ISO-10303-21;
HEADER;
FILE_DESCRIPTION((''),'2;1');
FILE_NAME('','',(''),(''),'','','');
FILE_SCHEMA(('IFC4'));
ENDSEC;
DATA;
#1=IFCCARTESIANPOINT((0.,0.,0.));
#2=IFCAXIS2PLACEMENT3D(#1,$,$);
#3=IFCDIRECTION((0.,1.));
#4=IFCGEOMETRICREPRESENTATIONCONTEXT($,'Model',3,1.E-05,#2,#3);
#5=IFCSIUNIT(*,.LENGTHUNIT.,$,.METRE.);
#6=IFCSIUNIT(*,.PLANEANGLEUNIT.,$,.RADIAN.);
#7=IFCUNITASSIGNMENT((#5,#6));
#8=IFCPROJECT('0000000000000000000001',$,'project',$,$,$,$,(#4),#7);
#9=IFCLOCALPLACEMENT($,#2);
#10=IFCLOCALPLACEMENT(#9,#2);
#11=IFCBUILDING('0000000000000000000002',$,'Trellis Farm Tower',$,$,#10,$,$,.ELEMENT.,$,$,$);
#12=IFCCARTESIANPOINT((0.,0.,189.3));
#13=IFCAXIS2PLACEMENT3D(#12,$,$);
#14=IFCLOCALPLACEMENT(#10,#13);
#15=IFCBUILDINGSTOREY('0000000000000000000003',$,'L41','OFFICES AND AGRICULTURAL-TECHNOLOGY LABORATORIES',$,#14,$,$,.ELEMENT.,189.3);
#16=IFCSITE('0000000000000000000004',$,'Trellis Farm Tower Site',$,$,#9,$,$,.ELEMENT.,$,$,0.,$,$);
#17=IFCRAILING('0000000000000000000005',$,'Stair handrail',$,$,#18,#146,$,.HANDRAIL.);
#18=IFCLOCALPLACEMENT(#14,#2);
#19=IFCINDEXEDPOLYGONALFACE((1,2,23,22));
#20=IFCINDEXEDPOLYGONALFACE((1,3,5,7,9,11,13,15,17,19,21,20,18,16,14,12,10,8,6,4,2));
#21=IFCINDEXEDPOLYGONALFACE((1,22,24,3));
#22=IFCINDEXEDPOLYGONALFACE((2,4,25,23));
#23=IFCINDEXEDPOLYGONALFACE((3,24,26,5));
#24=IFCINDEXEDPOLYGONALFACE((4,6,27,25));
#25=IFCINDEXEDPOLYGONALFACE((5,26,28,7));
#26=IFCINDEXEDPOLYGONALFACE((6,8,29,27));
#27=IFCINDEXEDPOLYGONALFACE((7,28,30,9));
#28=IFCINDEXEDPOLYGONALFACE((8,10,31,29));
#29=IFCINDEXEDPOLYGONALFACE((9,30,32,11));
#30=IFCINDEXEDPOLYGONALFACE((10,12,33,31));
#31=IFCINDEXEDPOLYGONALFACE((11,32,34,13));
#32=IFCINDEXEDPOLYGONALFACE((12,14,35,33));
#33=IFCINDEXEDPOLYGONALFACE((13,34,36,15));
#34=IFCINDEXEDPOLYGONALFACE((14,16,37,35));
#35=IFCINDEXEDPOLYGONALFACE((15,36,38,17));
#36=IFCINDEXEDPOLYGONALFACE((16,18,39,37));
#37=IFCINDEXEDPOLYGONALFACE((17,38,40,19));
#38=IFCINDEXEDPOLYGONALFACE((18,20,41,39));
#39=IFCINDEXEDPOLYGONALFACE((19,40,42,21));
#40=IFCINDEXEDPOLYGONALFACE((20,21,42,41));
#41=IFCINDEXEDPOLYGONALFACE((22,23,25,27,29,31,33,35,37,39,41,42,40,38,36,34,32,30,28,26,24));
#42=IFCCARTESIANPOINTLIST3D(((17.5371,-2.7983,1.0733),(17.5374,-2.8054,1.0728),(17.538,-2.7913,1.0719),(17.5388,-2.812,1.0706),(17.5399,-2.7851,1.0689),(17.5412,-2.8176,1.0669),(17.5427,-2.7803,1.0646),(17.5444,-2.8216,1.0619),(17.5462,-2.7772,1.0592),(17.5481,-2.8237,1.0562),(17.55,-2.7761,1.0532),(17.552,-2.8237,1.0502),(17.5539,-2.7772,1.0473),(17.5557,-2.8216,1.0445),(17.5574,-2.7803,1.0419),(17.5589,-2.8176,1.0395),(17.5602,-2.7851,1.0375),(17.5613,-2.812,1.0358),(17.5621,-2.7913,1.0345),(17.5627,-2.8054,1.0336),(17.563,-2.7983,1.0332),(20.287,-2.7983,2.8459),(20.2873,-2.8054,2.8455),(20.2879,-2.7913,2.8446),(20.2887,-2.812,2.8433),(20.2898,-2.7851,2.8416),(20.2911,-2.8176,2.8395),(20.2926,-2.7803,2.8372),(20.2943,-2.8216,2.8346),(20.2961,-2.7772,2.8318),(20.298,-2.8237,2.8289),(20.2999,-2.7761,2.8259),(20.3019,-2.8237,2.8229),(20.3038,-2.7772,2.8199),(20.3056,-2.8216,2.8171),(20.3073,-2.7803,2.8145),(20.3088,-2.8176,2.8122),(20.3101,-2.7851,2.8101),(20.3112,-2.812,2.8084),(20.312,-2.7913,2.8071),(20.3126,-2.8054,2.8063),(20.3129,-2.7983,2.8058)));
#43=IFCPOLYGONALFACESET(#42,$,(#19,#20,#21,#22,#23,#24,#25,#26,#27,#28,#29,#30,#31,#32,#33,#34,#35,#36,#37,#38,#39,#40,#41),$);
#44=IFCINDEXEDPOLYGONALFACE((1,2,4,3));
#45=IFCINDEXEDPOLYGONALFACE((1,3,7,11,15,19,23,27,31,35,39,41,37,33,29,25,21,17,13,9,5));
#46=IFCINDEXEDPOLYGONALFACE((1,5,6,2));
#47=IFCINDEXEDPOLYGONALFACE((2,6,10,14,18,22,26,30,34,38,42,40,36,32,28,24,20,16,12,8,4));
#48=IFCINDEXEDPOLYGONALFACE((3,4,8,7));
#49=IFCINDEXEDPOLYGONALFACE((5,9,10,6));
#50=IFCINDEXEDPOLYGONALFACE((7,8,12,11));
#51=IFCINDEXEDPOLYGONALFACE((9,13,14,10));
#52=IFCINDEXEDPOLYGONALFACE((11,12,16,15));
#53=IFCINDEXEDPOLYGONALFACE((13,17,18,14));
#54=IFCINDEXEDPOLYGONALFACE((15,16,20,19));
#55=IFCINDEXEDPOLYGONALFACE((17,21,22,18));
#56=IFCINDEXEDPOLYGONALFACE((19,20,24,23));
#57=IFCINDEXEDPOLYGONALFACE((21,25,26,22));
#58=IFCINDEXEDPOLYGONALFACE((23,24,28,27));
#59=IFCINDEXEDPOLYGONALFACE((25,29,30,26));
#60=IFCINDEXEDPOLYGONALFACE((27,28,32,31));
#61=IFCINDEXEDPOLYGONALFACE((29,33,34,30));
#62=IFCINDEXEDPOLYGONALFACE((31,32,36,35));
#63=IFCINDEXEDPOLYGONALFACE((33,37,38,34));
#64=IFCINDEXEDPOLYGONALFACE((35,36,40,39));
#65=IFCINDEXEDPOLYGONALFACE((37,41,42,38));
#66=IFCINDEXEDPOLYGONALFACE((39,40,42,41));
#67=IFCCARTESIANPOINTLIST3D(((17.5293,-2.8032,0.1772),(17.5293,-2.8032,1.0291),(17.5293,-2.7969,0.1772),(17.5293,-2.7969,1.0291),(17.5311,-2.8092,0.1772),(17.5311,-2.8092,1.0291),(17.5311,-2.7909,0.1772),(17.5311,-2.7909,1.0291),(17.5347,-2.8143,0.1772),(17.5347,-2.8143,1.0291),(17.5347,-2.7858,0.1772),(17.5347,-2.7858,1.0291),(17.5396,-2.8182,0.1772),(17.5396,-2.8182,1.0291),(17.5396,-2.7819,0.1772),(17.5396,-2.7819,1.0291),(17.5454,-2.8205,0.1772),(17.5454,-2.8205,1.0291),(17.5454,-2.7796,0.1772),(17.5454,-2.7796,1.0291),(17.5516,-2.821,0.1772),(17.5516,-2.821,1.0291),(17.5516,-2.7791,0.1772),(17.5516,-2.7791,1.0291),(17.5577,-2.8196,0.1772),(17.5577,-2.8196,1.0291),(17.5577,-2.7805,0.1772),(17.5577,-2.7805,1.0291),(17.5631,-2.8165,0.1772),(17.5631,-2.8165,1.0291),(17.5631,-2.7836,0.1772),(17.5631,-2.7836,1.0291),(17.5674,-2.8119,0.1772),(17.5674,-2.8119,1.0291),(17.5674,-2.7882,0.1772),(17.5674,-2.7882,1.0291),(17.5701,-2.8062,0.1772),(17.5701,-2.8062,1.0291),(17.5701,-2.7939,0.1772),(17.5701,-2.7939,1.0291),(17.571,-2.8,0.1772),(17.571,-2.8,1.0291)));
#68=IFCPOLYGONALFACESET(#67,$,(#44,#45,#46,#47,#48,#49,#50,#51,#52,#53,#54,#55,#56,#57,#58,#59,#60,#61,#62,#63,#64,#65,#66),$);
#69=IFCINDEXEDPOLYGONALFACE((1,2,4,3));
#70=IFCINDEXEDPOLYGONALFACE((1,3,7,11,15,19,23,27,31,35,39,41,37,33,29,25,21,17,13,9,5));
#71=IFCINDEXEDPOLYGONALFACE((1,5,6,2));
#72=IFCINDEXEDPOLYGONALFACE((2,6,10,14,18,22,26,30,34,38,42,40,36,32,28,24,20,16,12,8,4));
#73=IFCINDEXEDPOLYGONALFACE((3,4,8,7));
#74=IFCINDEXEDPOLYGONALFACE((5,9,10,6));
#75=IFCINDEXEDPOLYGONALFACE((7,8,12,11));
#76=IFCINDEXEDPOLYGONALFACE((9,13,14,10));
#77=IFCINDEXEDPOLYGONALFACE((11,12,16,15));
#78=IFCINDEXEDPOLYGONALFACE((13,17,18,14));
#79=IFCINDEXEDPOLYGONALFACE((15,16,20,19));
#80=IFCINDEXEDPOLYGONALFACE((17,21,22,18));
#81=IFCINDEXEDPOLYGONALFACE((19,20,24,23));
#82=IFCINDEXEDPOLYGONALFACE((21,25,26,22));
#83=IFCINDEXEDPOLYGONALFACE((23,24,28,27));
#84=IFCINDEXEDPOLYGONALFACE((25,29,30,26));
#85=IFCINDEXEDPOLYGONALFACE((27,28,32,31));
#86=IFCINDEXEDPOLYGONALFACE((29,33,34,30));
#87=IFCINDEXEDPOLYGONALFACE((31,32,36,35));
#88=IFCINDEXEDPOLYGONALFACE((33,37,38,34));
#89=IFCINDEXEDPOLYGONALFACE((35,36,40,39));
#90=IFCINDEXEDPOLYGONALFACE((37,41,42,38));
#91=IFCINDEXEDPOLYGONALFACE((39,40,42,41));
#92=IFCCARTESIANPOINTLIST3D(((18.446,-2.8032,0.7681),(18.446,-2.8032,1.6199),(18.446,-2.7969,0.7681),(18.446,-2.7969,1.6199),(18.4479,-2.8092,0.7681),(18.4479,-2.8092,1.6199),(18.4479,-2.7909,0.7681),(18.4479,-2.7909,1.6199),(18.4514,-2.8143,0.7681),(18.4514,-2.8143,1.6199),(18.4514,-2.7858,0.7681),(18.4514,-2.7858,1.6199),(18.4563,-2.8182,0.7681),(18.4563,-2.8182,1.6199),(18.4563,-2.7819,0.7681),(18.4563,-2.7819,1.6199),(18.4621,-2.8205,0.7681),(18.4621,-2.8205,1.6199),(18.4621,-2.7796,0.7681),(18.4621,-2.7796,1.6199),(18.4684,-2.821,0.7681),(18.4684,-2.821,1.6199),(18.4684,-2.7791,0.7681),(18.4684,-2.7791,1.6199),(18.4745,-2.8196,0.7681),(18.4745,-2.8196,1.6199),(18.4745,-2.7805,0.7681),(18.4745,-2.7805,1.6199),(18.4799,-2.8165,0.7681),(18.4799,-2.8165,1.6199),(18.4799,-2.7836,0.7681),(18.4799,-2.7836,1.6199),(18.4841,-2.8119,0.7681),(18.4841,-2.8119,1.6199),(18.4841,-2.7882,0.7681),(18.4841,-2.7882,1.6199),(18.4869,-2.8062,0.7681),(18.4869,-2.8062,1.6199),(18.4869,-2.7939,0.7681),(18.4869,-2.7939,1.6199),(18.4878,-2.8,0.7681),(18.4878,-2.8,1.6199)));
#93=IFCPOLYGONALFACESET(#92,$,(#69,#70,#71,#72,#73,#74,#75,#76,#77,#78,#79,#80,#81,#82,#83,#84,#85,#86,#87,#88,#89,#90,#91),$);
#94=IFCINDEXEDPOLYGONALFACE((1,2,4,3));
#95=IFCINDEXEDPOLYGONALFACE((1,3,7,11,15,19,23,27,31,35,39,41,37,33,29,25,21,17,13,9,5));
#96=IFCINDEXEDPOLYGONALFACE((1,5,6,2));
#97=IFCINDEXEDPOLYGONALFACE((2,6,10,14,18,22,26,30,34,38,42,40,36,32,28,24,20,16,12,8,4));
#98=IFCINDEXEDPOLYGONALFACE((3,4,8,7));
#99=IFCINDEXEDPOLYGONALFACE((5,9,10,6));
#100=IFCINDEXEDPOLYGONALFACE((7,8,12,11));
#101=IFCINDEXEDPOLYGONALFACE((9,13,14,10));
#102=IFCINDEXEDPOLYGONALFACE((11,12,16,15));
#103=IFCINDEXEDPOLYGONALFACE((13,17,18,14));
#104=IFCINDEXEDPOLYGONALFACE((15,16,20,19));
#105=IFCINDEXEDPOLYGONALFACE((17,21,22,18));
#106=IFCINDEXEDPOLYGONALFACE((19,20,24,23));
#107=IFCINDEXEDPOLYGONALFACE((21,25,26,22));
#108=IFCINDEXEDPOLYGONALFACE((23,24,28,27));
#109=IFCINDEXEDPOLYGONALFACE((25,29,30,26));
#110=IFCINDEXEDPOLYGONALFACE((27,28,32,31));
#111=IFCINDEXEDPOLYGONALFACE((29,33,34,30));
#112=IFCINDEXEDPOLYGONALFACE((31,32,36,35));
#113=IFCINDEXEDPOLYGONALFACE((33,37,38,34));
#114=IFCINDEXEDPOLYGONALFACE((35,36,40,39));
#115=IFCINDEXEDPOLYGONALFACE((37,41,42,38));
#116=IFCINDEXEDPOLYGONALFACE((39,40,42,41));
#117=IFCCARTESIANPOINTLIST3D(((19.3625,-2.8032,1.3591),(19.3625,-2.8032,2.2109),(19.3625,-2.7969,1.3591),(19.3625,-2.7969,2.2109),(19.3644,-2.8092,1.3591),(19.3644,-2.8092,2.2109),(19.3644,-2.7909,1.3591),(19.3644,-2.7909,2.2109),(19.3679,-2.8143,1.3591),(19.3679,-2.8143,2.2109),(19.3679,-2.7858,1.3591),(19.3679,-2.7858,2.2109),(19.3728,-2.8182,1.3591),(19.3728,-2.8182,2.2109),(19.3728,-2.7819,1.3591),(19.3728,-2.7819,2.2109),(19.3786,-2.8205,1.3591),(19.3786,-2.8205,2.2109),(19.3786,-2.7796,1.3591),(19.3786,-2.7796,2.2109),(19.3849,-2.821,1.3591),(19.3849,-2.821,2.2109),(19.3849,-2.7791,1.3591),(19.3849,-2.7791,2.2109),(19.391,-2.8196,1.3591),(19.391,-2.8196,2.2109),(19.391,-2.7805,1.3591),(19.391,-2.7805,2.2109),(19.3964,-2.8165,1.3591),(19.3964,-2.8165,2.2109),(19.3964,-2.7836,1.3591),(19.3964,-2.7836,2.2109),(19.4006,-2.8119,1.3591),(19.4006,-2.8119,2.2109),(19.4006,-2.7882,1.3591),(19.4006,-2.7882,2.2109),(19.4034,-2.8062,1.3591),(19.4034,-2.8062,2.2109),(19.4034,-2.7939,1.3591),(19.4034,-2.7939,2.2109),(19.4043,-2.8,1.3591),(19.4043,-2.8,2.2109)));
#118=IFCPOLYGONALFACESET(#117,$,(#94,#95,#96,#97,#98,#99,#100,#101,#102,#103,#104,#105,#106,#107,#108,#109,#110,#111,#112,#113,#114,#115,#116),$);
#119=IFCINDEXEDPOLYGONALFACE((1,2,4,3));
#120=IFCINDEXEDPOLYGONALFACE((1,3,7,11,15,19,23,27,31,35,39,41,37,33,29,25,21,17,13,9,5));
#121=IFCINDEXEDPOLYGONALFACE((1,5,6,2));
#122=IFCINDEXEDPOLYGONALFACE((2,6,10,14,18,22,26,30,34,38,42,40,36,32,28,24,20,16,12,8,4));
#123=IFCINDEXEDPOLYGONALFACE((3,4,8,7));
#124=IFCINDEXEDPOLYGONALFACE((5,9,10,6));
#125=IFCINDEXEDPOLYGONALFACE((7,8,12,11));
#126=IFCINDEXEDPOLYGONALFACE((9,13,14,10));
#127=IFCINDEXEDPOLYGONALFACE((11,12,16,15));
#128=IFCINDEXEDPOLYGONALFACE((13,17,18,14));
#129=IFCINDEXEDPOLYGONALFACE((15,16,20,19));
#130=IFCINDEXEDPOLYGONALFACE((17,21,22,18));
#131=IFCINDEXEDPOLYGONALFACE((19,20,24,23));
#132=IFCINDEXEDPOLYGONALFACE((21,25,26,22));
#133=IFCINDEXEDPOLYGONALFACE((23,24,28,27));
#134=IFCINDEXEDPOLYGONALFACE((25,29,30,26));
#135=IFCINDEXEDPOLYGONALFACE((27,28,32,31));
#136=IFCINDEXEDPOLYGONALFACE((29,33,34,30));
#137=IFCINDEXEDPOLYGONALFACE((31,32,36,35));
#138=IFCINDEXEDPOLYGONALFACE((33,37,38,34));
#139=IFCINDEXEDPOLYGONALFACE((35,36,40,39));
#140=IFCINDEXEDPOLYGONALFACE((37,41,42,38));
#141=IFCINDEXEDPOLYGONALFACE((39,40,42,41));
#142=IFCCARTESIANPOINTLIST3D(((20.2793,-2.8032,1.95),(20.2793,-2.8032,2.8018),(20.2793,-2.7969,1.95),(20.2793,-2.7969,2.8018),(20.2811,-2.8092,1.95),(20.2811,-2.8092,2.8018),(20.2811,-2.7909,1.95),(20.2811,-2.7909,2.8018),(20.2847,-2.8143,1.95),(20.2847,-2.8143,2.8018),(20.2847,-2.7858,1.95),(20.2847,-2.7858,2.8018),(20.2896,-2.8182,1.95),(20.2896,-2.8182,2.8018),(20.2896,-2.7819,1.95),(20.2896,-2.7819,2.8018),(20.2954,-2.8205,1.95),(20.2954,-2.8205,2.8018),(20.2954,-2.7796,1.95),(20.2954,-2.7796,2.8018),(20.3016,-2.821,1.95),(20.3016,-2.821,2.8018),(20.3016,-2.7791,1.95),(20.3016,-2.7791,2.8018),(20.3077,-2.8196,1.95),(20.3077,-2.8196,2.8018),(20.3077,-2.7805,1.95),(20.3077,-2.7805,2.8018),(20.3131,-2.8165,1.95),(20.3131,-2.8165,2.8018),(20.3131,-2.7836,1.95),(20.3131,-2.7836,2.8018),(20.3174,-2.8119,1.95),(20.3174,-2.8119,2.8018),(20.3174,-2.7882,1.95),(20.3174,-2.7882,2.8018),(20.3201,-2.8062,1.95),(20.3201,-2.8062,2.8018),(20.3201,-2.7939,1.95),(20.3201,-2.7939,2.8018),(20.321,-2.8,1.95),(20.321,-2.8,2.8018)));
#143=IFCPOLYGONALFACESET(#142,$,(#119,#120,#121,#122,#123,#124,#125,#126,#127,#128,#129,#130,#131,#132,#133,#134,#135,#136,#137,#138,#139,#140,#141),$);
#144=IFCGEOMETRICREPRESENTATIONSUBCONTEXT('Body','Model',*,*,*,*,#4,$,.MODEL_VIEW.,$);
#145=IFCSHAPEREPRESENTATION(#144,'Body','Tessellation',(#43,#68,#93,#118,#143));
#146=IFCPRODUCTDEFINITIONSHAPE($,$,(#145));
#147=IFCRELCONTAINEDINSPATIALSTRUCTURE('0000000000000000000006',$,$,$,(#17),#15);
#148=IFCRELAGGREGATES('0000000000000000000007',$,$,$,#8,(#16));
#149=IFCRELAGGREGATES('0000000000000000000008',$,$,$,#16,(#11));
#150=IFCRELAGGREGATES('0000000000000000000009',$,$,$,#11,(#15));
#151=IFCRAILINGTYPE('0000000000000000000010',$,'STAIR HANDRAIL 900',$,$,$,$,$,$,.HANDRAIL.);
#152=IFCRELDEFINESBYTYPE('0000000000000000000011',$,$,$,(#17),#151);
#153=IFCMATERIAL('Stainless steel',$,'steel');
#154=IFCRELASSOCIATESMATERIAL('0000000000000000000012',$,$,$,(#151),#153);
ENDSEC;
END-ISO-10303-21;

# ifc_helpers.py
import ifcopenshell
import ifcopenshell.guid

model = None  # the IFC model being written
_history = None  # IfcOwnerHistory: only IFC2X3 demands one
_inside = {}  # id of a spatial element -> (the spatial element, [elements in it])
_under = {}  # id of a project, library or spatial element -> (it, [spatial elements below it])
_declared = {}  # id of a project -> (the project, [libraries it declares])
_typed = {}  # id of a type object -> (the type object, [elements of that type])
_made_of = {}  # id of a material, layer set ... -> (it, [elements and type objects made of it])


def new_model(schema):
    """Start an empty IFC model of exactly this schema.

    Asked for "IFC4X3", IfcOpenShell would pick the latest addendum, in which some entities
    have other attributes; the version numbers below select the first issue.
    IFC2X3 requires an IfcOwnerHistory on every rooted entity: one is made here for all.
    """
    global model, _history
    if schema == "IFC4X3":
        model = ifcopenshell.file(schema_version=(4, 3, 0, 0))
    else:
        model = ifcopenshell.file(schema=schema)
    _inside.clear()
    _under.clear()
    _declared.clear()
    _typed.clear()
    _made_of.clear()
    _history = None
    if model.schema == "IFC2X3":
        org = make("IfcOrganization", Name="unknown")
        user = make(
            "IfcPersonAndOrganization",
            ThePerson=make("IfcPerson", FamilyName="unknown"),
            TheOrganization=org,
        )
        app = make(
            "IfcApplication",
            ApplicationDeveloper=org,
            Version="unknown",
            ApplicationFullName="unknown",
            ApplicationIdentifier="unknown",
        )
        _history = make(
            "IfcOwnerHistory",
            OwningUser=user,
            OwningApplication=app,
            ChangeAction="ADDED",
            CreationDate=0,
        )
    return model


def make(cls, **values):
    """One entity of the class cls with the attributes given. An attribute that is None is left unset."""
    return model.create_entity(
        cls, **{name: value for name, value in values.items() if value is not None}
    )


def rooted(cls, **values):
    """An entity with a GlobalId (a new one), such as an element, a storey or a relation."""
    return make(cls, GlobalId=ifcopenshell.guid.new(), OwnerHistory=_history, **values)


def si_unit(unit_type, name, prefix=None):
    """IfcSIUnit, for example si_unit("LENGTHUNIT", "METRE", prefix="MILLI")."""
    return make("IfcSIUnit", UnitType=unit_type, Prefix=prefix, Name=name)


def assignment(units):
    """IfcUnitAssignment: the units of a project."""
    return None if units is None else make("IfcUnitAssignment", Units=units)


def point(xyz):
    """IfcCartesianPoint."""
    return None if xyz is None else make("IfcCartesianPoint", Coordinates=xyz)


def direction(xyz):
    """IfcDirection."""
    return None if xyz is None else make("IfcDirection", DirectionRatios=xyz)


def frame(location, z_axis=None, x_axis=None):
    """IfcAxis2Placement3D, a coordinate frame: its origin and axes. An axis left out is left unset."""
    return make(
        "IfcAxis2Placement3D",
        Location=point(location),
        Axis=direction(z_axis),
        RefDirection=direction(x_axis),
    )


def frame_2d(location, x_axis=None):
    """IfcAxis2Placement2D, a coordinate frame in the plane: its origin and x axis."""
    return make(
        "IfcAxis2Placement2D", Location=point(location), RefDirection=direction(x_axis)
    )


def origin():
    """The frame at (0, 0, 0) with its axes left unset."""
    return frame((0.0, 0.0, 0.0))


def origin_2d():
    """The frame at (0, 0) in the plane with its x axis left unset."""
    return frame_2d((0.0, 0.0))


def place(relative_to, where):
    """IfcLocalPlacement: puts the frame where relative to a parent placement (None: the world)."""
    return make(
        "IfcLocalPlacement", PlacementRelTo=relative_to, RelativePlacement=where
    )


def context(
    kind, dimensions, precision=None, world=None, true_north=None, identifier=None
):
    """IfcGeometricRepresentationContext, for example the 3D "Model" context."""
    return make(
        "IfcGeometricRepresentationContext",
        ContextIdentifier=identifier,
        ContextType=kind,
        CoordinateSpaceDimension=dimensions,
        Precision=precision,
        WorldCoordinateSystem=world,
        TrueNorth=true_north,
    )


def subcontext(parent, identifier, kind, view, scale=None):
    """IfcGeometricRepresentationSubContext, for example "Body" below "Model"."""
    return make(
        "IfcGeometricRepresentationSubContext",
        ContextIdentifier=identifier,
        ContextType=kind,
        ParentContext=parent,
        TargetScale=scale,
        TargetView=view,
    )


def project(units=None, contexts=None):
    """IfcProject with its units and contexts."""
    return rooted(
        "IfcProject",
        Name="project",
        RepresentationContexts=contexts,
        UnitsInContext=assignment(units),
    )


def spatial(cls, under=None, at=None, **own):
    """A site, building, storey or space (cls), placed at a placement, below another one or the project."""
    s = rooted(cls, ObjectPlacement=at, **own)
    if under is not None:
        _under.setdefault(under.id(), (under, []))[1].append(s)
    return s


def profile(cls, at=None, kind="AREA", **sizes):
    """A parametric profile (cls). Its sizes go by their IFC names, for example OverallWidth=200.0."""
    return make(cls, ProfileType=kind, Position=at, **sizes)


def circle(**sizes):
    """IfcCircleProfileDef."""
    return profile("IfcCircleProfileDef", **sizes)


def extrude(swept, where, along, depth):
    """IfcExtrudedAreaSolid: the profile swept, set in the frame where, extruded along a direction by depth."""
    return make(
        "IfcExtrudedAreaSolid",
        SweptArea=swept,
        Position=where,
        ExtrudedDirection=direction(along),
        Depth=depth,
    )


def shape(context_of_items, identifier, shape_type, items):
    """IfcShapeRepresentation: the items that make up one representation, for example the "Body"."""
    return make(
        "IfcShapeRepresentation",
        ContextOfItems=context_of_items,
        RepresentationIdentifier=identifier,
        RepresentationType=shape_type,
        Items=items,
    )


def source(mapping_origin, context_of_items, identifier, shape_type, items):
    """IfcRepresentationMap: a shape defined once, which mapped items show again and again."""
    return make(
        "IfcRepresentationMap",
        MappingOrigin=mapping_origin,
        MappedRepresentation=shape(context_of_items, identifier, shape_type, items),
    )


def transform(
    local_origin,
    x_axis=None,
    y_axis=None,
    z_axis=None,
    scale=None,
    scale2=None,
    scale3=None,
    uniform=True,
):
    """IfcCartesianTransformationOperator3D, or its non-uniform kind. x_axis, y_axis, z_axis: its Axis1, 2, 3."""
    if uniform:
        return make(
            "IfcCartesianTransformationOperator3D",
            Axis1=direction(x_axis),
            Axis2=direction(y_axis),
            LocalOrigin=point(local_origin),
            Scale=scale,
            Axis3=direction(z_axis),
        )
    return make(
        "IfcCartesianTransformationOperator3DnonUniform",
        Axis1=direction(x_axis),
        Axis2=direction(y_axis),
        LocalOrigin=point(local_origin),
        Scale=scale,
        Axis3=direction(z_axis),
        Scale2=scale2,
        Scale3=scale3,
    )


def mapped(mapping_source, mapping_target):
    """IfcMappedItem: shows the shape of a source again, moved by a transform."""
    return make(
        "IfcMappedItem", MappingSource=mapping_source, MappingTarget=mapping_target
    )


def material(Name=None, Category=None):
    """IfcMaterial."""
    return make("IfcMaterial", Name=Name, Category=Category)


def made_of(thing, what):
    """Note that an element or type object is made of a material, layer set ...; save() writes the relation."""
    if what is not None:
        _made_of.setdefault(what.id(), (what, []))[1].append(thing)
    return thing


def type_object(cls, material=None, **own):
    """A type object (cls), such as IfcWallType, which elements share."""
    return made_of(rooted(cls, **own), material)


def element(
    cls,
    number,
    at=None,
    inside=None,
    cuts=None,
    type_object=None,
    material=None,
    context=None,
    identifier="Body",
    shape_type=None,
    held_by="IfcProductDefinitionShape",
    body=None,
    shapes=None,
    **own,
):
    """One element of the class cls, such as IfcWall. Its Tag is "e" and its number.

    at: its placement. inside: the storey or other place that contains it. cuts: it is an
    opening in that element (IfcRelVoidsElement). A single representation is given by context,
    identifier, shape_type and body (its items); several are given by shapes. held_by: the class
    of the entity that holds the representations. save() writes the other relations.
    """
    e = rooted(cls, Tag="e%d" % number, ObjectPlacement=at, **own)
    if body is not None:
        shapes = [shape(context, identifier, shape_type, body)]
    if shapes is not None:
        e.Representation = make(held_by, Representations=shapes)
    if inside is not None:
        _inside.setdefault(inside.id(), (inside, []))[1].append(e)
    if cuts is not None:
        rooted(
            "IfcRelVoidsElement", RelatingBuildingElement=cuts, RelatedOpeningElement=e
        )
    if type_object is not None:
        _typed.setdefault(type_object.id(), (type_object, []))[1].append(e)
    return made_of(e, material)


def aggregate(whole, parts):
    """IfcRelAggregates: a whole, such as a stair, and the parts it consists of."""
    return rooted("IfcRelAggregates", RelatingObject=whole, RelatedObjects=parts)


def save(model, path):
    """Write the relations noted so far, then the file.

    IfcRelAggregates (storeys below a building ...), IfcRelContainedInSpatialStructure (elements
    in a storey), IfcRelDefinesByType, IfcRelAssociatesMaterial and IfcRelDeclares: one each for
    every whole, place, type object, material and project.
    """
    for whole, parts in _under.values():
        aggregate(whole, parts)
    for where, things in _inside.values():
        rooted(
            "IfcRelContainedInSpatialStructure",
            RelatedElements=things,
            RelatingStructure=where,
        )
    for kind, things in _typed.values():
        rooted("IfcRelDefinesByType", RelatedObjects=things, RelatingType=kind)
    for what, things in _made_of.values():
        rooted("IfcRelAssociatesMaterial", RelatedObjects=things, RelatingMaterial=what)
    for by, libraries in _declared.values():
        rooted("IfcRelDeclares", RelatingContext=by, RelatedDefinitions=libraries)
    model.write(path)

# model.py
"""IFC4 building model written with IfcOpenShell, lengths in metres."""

from ifc_helpers import new_model, si_unit, direction, frame, origin, origin_2d, place, context, subcontext, project, spatial, circle, extrude, source, transform, mapped, material, type_object, element, save


model = new_model("IFC4")

# Units and contexts
model_context = context("Model", 3, precision=1e-05, world=origin(), true_north=direction((0.0, 1.0)))
body_context = subcontext(model_context, "Body", "Model", "MODEL_VIEW")
ifc_project = project(units=[si_unit("LENGTHUNIT", "METRE"), si_unit("PLANEANGLEUNIT", "RADIAN")], contexts=[model_context])

# Site, building, storey
site_placement = place(None, origin())
site = spatial("IfcSite", under=ifc_project, at=site_placement, Name="Trellis Farm Tower Site", CompositionType="ELEMENT", RefElevation=0.0)
building_placement = place(site_placement, origin())
building = spatial("IfcBuilding", under=site, at=building_placement, Name="Trellis Farm Tower", CompositionType="ELEMENT")
storey_placement = place(building_placement, frame((0.0, 0.0, 189.3)))
storey = spatial("IfcBuildingStorey", under=building, at=storey_placement, Name="L41", Description="OFFICES AND AGRICULTURAL-TECHNOLOGY LABORATORIES", CompositionType="ELEMENT", Elevation=189.3)

# Railing
ifc_material_1 = material(Name="Stainless steel", Category="steel")
railing_type = type_object("IfcRailingType", Name="STAIR HANDRAIL 900", PredefinedType="HANDRAIL", material=ifc_material_1)
shared_shape_1 = source(origin(), body_context, "Body", "SweptSolid", [
    extrude(circle(Radius=0.0239, at=origin_2d()), frame((0.0, 0.0, 0.876), z_axis=(0.840504, 0.0, 0.541806), x_axis=(0.0, 1.0, 0.0)), (0.0, 0.0, 1.0), 3.2717),
    extrude(circle(Radius=0.021, at=origin_2d()), origin(), (0.0, 0.0, 1.0), 0.8518),
    extrude(circle(Radius=0.021, at=origin_2d()), frame((0.9167, 0.0, 0.5908)), (0.0, 0.0, 1.0), 0.8518),
    extrude(circle(Radius=0.021, at=origin_2d()), frame((1.8333, 0.0, 1.1819)), (0.0, 0.0, 1.0), 0.8518),
    extrude(circle(Radius=0.021, at=origin_2d()), frame((2.75, 0.0, 1.7727)), (0.0, 0.0, 1.0), 0.8518),
])
for number, where, name in (
    (1, (17.55, -2.8, 0.1772), "Stair handrail"),
):
    element("IfcRailing", number, at=place(storey_placement, frame(where)), inside=storey, type_object=railing_type, Name=name, PredefinedType="HANDRAIL", context=body_context, shape_type="MappedRepresentation", body=[
        mapped(shared_shape_1, transform((0.0, 0.0, 0.0))),
    ])

save(model, "model.ifc")
